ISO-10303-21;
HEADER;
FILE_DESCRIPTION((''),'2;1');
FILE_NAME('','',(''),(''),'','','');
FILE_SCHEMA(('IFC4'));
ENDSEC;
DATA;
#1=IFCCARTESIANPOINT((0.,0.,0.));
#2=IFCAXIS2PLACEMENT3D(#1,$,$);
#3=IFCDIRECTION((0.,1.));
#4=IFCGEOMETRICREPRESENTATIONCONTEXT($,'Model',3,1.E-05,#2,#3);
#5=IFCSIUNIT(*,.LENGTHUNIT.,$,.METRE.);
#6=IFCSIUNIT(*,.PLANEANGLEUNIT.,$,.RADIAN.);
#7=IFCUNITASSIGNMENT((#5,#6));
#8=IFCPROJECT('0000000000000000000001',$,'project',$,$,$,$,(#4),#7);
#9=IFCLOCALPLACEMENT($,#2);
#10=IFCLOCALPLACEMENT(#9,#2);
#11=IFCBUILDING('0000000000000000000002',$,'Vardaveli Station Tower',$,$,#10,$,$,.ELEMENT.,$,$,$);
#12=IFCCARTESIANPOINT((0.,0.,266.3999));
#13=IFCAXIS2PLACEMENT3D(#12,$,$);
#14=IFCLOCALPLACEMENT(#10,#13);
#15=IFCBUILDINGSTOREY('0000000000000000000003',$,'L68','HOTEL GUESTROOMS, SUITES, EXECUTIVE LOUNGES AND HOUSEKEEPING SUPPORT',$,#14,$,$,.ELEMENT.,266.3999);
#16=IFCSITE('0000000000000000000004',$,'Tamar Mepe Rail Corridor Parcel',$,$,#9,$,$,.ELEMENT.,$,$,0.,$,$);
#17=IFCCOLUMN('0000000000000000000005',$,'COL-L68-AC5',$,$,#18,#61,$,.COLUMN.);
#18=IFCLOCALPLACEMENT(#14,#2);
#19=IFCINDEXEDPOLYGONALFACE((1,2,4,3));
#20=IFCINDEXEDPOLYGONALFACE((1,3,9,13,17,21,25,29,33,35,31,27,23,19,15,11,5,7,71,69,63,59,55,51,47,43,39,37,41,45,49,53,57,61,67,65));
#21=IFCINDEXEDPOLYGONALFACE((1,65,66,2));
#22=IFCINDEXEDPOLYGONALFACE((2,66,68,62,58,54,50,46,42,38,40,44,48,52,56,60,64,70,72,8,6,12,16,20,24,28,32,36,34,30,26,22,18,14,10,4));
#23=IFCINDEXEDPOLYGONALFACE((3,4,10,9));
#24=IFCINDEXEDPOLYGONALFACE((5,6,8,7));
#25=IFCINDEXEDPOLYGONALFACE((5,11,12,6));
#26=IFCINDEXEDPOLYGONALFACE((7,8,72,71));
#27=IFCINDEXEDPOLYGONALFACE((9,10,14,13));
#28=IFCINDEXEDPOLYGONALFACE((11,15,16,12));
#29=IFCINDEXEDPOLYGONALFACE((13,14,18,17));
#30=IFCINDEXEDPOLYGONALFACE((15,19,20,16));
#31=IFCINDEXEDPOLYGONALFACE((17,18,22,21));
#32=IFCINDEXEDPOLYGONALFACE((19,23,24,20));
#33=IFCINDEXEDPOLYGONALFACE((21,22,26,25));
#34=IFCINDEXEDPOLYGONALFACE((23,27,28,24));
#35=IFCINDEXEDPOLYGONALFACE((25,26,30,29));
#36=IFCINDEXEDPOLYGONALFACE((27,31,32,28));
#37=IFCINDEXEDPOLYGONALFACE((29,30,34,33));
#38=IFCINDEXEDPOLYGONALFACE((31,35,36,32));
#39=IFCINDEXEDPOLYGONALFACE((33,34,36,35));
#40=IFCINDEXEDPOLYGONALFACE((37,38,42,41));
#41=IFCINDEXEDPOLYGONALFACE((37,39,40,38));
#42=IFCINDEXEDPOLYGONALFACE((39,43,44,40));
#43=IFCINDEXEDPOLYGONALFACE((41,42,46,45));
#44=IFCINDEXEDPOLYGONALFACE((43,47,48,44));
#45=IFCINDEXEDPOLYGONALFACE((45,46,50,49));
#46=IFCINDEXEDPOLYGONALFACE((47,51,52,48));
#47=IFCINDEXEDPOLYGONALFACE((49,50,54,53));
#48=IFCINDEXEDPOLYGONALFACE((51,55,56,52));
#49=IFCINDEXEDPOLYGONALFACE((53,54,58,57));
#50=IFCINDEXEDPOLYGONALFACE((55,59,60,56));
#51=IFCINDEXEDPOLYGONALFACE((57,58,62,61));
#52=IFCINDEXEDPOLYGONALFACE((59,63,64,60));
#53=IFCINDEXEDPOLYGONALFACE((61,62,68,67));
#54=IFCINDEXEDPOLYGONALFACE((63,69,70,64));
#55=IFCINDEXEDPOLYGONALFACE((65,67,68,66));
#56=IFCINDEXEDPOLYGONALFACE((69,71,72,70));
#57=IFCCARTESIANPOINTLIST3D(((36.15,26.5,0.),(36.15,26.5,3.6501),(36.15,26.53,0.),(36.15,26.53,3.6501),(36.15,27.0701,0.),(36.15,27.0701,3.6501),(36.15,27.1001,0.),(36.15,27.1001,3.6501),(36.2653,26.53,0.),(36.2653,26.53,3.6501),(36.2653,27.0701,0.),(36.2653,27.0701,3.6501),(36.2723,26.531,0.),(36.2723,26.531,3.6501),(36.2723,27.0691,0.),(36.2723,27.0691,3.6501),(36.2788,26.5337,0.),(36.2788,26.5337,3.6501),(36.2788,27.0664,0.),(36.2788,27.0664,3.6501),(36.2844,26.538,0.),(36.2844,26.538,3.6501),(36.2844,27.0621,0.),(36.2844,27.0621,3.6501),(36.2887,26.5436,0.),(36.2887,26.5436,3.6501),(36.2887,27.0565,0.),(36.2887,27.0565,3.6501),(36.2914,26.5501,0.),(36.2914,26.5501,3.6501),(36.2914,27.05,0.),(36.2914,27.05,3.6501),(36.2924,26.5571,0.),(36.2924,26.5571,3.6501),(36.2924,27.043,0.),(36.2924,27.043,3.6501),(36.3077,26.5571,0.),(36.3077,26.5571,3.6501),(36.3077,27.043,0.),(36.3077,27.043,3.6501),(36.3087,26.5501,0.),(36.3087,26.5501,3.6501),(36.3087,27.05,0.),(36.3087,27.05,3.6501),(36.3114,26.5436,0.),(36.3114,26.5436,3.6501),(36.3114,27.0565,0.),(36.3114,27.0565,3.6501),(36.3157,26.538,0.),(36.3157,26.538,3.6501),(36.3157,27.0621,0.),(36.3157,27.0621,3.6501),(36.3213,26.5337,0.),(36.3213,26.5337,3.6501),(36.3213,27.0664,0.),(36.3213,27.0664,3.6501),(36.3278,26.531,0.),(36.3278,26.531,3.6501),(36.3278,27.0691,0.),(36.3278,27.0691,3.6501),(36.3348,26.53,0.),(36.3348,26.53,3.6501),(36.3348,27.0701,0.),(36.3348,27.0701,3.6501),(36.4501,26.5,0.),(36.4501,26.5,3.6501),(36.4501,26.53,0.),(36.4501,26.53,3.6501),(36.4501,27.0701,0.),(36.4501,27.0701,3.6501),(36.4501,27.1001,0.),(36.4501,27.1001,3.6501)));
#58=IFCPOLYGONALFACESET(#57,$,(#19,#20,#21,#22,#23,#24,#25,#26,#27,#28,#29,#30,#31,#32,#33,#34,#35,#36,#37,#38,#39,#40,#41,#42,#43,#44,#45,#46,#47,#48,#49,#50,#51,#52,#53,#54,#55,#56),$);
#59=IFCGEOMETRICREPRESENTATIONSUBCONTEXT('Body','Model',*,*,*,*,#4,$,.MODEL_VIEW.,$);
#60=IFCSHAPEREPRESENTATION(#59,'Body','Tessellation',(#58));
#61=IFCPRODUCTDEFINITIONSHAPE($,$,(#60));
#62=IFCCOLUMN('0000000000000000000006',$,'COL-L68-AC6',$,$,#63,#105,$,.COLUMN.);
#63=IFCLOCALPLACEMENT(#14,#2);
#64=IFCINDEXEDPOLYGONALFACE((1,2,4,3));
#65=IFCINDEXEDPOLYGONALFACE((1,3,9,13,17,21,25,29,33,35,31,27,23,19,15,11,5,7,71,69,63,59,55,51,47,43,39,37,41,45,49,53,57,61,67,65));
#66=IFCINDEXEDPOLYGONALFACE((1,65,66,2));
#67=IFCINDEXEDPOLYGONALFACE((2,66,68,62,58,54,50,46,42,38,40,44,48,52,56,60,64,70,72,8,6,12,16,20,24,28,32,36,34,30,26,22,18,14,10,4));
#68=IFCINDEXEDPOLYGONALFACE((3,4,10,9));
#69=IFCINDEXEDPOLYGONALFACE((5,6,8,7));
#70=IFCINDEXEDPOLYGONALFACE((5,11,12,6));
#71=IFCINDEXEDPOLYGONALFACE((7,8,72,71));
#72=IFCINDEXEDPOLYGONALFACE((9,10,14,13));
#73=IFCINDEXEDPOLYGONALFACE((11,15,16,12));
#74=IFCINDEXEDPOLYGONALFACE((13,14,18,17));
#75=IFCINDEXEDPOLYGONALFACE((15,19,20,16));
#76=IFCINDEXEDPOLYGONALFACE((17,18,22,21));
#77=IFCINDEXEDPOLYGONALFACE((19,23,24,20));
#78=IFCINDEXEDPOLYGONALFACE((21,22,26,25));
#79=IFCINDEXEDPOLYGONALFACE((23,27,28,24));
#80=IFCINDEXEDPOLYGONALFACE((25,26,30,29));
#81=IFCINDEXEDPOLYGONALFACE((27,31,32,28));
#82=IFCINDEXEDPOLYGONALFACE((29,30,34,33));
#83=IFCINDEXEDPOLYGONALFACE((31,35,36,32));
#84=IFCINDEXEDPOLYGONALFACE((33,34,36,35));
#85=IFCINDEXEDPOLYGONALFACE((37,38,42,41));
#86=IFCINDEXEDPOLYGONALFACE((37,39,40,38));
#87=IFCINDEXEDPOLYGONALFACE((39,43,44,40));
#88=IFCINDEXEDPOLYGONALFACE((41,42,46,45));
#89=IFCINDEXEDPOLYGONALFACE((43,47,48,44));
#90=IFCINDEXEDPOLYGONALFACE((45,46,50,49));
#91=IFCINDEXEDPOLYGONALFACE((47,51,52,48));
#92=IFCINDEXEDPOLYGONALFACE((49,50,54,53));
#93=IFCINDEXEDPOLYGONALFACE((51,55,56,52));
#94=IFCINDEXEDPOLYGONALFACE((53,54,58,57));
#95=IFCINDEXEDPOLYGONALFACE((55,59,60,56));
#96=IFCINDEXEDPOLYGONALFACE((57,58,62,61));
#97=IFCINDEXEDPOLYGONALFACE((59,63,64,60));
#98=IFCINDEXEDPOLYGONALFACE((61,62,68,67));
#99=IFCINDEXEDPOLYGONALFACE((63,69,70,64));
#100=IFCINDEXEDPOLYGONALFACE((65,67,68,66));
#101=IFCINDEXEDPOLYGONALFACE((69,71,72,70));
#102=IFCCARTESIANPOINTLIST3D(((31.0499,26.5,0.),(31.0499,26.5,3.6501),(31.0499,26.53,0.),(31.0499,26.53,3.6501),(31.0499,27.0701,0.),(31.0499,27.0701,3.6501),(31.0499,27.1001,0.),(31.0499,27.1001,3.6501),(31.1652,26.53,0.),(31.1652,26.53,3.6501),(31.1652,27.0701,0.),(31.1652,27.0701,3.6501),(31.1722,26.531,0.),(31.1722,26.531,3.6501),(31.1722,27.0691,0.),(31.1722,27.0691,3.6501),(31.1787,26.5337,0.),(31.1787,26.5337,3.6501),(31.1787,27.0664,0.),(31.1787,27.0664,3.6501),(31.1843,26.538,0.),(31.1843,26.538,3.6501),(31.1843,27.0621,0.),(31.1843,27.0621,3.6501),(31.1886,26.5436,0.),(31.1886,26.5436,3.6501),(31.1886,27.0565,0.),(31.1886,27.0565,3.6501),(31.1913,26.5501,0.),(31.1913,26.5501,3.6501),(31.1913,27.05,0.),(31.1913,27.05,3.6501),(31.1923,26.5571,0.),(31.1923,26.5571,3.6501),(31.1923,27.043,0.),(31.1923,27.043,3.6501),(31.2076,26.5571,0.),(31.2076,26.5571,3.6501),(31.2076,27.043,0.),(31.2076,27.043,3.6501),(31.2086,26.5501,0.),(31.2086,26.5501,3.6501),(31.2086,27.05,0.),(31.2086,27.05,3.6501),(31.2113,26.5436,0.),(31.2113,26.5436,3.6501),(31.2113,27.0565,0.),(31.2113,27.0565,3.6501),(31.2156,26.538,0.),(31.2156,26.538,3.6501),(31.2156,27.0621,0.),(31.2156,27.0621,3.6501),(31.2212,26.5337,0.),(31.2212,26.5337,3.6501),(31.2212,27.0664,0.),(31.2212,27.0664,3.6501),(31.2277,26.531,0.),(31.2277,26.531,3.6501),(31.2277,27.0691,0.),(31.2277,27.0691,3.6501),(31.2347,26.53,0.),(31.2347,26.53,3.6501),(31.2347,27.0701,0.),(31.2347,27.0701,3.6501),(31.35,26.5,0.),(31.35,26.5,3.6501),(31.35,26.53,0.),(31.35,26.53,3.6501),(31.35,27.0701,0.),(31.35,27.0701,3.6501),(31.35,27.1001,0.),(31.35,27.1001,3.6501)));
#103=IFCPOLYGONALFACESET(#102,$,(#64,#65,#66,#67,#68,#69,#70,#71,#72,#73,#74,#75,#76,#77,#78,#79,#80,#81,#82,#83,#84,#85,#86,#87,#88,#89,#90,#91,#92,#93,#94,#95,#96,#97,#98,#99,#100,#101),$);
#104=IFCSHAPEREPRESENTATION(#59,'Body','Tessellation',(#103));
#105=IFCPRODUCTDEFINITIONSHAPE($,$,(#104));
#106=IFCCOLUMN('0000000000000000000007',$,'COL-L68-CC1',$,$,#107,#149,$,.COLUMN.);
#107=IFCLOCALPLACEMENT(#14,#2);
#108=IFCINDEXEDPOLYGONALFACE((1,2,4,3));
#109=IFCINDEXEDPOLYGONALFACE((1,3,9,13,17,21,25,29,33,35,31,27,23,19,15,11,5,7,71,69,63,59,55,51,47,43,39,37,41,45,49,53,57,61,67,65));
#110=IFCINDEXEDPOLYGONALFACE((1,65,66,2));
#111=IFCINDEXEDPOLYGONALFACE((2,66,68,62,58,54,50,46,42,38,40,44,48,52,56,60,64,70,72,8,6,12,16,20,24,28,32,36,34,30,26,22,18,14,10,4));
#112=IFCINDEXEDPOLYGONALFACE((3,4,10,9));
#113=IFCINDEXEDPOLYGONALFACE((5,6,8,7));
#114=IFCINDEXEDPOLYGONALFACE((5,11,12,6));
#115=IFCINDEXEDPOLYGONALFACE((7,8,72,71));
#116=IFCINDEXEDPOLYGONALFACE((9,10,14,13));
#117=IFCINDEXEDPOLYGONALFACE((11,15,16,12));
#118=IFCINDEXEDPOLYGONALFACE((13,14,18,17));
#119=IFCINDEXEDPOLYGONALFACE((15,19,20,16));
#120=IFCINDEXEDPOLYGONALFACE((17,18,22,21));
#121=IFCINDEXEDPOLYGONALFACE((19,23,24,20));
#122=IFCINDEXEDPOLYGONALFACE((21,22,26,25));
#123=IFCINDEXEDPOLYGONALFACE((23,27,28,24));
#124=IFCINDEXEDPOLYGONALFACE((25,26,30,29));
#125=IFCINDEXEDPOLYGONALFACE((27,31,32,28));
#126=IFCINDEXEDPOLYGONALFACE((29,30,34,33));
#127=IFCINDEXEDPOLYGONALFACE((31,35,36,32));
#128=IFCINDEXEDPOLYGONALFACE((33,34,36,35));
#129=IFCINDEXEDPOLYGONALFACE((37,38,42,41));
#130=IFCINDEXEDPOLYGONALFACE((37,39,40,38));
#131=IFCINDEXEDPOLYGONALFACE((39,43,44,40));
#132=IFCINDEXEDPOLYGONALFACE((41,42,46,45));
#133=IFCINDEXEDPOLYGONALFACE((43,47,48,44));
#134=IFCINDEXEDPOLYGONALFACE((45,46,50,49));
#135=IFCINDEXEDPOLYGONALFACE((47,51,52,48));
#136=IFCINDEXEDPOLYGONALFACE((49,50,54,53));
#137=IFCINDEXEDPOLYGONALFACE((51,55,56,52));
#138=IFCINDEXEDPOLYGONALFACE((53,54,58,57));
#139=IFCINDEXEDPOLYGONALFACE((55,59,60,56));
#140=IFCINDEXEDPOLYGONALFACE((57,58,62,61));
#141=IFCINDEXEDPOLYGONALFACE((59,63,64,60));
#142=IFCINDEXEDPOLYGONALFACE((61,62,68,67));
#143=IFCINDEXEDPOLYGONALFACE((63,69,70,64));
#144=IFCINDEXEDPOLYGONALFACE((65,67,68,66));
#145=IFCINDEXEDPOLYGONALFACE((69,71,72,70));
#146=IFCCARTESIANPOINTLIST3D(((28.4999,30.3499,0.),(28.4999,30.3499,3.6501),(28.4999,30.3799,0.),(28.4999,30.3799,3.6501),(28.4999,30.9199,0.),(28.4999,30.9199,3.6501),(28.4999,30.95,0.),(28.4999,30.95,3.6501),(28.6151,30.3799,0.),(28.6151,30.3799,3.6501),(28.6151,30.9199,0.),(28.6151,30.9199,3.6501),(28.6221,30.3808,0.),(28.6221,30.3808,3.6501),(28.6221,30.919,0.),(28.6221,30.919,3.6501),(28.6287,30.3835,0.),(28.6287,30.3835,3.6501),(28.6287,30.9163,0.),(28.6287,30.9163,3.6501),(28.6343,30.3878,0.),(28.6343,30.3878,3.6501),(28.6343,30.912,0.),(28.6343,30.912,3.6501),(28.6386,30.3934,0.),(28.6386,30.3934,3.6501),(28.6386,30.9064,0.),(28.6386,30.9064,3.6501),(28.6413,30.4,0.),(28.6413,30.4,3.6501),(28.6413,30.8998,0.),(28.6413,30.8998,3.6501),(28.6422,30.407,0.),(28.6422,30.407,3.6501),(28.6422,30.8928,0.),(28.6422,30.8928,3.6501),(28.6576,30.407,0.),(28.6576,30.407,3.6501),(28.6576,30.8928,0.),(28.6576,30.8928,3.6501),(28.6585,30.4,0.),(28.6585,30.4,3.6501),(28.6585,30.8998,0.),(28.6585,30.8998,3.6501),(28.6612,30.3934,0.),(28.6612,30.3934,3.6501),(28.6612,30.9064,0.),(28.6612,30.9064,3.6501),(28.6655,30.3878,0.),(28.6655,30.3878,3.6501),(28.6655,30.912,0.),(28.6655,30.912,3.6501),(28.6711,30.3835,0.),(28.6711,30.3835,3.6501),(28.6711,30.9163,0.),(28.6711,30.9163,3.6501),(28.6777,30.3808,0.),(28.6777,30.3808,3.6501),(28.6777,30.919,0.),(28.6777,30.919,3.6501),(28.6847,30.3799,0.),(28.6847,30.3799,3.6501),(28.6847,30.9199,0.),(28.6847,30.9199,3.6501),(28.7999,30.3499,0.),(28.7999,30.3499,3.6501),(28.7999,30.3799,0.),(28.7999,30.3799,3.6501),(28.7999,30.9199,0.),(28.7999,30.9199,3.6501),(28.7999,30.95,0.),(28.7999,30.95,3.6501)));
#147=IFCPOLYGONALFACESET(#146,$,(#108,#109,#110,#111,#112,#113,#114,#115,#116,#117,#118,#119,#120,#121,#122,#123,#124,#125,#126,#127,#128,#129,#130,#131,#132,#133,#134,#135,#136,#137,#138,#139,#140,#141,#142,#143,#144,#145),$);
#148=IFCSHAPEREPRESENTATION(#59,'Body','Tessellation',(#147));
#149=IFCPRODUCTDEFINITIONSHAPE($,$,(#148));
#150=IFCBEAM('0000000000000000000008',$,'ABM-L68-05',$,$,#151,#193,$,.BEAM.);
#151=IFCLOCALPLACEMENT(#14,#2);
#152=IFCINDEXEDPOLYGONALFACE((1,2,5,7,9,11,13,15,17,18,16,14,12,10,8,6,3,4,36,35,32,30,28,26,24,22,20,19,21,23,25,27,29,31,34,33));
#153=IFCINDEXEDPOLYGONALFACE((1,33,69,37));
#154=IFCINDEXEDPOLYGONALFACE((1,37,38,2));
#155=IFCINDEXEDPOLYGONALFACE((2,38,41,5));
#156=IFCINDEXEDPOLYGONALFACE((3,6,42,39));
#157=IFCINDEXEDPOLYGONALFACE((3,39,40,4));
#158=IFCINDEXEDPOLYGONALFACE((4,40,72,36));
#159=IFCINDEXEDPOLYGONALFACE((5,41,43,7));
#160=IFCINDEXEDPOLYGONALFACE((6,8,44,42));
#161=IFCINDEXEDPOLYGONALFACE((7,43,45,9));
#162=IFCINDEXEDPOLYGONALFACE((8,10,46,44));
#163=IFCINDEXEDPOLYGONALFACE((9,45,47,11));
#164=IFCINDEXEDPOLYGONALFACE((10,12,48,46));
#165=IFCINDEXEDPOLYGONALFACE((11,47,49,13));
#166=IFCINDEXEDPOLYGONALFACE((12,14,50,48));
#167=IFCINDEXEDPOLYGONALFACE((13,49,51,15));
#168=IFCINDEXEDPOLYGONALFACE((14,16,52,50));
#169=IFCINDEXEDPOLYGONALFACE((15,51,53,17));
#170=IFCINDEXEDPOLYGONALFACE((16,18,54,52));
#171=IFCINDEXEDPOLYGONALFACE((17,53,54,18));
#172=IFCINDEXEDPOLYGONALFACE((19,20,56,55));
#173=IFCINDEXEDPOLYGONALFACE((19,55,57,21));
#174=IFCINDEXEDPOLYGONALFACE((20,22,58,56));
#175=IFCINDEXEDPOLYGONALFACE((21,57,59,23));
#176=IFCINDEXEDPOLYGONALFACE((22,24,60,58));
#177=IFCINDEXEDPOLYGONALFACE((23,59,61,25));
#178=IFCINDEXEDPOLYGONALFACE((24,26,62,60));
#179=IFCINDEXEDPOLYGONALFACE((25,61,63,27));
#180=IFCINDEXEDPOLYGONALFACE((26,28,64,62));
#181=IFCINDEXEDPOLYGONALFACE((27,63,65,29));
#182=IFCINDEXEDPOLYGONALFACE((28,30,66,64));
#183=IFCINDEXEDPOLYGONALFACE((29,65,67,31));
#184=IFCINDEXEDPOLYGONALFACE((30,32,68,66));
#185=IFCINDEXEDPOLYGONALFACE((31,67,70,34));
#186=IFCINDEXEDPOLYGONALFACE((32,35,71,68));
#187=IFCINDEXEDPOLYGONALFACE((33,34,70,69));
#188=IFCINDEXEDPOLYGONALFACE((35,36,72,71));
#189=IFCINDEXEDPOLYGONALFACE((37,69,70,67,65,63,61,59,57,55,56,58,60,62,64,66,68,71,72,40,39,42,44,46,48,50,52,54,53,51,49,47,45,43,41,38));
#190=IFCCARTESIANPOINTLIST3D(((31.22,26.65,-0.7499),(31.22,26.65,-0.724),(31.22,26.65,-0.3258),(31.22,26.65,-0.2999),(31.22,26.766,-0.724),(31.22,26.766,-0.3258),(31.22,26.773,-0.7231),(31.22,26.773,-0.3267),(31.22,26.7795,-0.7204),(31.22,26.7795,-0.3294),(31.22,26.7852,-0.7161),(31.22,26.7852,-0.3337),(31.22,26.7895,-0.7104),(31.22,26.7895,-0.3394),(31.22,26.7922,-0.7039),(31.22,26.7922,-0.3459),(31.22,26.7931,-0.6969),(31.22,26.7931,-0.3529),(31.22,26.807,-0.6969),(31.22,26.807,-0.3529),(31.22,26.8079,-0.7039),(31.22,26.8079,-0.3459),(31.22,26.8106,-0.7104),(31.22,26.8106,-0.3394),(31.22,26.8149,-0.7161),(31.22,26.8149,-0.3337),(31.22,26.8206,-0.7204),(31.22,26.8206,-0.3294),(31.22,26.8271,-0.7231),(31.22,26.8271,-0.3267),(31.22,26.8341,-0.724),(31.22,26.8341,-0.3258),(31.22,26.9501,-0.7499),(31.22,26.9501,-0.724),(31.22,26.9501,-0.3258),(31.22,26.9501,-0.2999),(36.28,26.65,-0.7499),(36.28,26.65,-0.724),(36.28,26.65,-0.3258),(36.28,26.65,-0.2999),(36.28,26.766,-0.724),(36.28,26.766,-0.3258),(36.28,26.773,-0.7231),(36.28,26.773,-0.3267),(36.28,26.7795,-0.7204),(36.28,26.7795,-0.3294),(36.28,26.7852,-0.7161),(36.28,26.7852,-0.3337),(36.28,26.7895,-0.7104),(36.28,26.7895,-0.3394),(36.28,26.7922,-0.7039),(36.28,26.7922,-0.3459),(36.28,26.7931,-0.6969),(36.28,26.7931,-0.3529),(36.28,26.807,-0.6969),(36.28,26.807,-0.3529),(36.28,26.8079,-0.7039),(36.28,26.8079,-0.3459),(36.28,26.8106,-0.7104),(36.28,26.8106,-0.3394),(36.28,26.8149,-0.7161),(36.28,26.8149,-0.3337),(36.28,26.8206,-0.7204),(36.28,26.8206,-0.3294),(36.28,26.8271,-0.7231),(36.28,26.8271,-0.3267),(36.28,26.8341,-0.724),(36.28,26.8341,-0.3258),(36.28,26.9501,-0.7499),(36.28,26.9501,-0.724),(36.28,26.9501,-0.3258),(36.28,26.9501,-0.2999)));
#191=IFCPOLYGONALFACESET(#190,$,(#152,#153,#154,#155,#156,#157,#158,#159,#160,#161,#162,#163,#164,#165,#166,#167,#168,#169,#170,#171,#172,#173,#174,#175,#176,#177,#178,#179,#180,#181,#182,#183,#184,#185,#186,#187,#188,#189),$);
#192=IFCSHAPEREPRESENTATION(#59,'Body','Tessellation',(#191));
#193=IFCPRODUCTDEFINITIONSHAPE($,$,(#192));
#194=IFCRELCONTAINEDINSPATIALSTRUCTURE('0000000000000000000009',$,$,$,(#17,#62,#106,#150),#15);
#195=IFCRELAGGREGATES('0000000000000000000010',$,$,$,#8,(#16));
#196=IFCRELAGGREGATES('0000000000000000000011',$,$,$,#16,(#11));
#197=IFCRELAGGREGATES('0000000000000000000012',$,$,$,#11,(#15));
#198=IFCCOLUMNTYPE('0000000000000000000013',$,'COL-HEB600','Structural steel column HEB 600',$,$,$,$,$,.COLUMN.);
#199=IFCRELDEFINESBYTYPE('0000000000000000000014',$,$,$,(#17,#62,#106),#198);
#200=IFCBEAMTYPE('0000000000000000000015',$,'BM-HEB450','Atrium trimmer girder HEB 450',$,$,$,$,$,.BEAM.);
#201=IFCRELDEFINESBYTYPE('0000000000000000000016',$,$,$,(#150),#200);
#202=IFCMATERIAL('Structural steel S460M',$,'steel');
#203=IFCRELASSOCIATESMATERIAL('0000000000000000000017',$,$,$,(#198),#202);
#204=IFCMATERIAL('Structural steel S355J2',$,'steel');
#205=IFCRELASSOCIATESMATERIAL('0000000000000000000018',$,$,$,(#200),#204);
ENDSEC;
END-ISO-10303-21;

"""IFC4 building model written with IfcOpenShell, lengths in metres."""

from ifc_helpers import new_model, si_unit, direction, frame, origin, origin_2d, place, context, subcontext, project, spatial, i_section, extrude, source, transform, mapped, material, material_profile, profile_set, type_object, element, save


model = new_model("IFC4")

# Units and contexts
model_context = context("Model", 3, precision=1e-05, world=origin(), true_north=direction((0.0, 1.0)))
body_context = subcontext(model_context, "Body", "Model", "MODEL_VIEW")
ifc_project = project(units=[si_unit("LENGTHUNIT", "METRE"), si_unit("PLANEANGLEUNIT", "RADIAN")], contexts=[model_context])

# Site, building, storey
site_placement = place(None, origin())
site = spatial("IfcSite", under=ifc_project, at=site_placement, Name="Tamar Mepe Rail Corridor Parcel", CompositionType="ELEMENT", RefElevation=0.0)
building_placement = place(site_placement, origin())
building = spatial("IfcBuilding", under=site, at=building_placement, Name="Vardaveli Station Tower", CompositionType="ELEMENT")
storey_placement = place(building_placement, frame((0.0, 0.0, 266.3999)))
storey = spatial("IfcBuildingStorey", under=building, at=storey_placement, Name="L68", Description="HOTEL GUESTROOMS, SUITES, EXECUTIVE LOUNGES AND HOUSEKEEPING SUPPORT", CompositionType="ELEMENT", Elevation=266.3999)

# Columns
ifc_material_1 = material(Name="Structural steel S460M", Category="steel")
ifc_material_profile_1 = material_profile(ifc_material_1, i_section(OverallWidth=0.3, OverallDepth=0.6001, WebThickness=0.0154, FlangeThickness=0.03, FilletRadius=0.0271, at=origin_2d()), Name="HEB 600")
ifc_profile_set_1 = profile_set([ifc_material_profile_1], Name="Structural steel S460M")
column_type = type_object("IfcColumnType", Name="COL-HEB600", Description="Structural steel column HEB 600", PredefinedType="COLUMN", material=ifc_profile_set_1)
shared_shape_1 = source(origin(), body_context, "Body", "SweptSolid", [
    extrude(i_section(OverallWidth=0.3, OverallDepth=0.6001, WebThickness=0.0154, FlangeThickness=0.03, FilletRadius=0.0271, at=origin_2d()), origin(), (0.0, 0.0, 1.0), 3.6501),
])
for number, where, z_axis, x_axis, name in (
    (1, (36.3, 26.8, 0.0), (0.0, 0.0, 1.0), (1.0, 0.0, 0.0), "COL-L68-AC5"),
    (2, (31.2, 26.8, 0.0), (0.0, 0.0, 1.0), (1.0, 0.0, 0.0), "COL-L68-AC6"),
    (3, (28.6499, 30.6499, 0.0), (0.0, 0.0, 1.0), (1.0, 0.0, 0.0), "COL-L68-CC1"),
):
    element("IfcColumn", number, at=place(storey_placement, frame(where, z_axis=z_axis, x_axis=x_axis)), inside=storey, type_object=column_type, Name=name, PredefinedType="COLUMN", context=body_context, shape_type="MappedRepresentation", body=[
        mapped(shared_shape_1, transform((0.0, 0.0, 0.0), scale=1.0)),
    ])

# Beam
ifc_material_2 = material(Name="Structural steel S355J2", Category="steel")
ifc_material_profile_2 = material_profile(ifc_material_2, i_section(OverallWidth=0.3, OverallDepth=0.45, WebThickness=0.0139, FlangeThickness=0.0259, FilletRadius=0.0271, at=origin_2d()), Name="HEB 450")
ifc_profile_set_2 = profile_set([ifc_material_profile_2], Name="Structural steel S355J2")
beam_type_1 = type_object("IfcBeamType", Name="BM-HEB450", Description="Atrium trimmer girder HEB 450", PredefinedType="BEAM", material=ifc_profile_set_2)
shared_shape_2 = source(origin(), body_context, "Body", "SweptSolid", [
    extrude(i_section(OverallWidth=0.3, OverallDepth=0.45, WebThickness=0.0139, FlangeThickness=0.0259, FilletRadius=0.0271, at=origin_2d()), origin(), (0.0, 0.0, 1.0), 5.0601),
])
beam_1_placement = place(storey_placement, frame((36.28, 26.8, -0.5249), z_axis=(-1.0, 0.0, 0.0), x_axis=(0.0, -1.0, 0.0)))
element("IfcBeam", 4, at=beam_1_placement, inside=storey, type_object=beam_type_1, Name="ABM-L68-05", PredefinedType="BEAM", context=body_context, shape_type="MappedRepresentation", body=[
    mapped(shared_shape_2, transform((0.0, 0.0, 0.0), scale=1.0)),
])

save(model, "model.ifc")
